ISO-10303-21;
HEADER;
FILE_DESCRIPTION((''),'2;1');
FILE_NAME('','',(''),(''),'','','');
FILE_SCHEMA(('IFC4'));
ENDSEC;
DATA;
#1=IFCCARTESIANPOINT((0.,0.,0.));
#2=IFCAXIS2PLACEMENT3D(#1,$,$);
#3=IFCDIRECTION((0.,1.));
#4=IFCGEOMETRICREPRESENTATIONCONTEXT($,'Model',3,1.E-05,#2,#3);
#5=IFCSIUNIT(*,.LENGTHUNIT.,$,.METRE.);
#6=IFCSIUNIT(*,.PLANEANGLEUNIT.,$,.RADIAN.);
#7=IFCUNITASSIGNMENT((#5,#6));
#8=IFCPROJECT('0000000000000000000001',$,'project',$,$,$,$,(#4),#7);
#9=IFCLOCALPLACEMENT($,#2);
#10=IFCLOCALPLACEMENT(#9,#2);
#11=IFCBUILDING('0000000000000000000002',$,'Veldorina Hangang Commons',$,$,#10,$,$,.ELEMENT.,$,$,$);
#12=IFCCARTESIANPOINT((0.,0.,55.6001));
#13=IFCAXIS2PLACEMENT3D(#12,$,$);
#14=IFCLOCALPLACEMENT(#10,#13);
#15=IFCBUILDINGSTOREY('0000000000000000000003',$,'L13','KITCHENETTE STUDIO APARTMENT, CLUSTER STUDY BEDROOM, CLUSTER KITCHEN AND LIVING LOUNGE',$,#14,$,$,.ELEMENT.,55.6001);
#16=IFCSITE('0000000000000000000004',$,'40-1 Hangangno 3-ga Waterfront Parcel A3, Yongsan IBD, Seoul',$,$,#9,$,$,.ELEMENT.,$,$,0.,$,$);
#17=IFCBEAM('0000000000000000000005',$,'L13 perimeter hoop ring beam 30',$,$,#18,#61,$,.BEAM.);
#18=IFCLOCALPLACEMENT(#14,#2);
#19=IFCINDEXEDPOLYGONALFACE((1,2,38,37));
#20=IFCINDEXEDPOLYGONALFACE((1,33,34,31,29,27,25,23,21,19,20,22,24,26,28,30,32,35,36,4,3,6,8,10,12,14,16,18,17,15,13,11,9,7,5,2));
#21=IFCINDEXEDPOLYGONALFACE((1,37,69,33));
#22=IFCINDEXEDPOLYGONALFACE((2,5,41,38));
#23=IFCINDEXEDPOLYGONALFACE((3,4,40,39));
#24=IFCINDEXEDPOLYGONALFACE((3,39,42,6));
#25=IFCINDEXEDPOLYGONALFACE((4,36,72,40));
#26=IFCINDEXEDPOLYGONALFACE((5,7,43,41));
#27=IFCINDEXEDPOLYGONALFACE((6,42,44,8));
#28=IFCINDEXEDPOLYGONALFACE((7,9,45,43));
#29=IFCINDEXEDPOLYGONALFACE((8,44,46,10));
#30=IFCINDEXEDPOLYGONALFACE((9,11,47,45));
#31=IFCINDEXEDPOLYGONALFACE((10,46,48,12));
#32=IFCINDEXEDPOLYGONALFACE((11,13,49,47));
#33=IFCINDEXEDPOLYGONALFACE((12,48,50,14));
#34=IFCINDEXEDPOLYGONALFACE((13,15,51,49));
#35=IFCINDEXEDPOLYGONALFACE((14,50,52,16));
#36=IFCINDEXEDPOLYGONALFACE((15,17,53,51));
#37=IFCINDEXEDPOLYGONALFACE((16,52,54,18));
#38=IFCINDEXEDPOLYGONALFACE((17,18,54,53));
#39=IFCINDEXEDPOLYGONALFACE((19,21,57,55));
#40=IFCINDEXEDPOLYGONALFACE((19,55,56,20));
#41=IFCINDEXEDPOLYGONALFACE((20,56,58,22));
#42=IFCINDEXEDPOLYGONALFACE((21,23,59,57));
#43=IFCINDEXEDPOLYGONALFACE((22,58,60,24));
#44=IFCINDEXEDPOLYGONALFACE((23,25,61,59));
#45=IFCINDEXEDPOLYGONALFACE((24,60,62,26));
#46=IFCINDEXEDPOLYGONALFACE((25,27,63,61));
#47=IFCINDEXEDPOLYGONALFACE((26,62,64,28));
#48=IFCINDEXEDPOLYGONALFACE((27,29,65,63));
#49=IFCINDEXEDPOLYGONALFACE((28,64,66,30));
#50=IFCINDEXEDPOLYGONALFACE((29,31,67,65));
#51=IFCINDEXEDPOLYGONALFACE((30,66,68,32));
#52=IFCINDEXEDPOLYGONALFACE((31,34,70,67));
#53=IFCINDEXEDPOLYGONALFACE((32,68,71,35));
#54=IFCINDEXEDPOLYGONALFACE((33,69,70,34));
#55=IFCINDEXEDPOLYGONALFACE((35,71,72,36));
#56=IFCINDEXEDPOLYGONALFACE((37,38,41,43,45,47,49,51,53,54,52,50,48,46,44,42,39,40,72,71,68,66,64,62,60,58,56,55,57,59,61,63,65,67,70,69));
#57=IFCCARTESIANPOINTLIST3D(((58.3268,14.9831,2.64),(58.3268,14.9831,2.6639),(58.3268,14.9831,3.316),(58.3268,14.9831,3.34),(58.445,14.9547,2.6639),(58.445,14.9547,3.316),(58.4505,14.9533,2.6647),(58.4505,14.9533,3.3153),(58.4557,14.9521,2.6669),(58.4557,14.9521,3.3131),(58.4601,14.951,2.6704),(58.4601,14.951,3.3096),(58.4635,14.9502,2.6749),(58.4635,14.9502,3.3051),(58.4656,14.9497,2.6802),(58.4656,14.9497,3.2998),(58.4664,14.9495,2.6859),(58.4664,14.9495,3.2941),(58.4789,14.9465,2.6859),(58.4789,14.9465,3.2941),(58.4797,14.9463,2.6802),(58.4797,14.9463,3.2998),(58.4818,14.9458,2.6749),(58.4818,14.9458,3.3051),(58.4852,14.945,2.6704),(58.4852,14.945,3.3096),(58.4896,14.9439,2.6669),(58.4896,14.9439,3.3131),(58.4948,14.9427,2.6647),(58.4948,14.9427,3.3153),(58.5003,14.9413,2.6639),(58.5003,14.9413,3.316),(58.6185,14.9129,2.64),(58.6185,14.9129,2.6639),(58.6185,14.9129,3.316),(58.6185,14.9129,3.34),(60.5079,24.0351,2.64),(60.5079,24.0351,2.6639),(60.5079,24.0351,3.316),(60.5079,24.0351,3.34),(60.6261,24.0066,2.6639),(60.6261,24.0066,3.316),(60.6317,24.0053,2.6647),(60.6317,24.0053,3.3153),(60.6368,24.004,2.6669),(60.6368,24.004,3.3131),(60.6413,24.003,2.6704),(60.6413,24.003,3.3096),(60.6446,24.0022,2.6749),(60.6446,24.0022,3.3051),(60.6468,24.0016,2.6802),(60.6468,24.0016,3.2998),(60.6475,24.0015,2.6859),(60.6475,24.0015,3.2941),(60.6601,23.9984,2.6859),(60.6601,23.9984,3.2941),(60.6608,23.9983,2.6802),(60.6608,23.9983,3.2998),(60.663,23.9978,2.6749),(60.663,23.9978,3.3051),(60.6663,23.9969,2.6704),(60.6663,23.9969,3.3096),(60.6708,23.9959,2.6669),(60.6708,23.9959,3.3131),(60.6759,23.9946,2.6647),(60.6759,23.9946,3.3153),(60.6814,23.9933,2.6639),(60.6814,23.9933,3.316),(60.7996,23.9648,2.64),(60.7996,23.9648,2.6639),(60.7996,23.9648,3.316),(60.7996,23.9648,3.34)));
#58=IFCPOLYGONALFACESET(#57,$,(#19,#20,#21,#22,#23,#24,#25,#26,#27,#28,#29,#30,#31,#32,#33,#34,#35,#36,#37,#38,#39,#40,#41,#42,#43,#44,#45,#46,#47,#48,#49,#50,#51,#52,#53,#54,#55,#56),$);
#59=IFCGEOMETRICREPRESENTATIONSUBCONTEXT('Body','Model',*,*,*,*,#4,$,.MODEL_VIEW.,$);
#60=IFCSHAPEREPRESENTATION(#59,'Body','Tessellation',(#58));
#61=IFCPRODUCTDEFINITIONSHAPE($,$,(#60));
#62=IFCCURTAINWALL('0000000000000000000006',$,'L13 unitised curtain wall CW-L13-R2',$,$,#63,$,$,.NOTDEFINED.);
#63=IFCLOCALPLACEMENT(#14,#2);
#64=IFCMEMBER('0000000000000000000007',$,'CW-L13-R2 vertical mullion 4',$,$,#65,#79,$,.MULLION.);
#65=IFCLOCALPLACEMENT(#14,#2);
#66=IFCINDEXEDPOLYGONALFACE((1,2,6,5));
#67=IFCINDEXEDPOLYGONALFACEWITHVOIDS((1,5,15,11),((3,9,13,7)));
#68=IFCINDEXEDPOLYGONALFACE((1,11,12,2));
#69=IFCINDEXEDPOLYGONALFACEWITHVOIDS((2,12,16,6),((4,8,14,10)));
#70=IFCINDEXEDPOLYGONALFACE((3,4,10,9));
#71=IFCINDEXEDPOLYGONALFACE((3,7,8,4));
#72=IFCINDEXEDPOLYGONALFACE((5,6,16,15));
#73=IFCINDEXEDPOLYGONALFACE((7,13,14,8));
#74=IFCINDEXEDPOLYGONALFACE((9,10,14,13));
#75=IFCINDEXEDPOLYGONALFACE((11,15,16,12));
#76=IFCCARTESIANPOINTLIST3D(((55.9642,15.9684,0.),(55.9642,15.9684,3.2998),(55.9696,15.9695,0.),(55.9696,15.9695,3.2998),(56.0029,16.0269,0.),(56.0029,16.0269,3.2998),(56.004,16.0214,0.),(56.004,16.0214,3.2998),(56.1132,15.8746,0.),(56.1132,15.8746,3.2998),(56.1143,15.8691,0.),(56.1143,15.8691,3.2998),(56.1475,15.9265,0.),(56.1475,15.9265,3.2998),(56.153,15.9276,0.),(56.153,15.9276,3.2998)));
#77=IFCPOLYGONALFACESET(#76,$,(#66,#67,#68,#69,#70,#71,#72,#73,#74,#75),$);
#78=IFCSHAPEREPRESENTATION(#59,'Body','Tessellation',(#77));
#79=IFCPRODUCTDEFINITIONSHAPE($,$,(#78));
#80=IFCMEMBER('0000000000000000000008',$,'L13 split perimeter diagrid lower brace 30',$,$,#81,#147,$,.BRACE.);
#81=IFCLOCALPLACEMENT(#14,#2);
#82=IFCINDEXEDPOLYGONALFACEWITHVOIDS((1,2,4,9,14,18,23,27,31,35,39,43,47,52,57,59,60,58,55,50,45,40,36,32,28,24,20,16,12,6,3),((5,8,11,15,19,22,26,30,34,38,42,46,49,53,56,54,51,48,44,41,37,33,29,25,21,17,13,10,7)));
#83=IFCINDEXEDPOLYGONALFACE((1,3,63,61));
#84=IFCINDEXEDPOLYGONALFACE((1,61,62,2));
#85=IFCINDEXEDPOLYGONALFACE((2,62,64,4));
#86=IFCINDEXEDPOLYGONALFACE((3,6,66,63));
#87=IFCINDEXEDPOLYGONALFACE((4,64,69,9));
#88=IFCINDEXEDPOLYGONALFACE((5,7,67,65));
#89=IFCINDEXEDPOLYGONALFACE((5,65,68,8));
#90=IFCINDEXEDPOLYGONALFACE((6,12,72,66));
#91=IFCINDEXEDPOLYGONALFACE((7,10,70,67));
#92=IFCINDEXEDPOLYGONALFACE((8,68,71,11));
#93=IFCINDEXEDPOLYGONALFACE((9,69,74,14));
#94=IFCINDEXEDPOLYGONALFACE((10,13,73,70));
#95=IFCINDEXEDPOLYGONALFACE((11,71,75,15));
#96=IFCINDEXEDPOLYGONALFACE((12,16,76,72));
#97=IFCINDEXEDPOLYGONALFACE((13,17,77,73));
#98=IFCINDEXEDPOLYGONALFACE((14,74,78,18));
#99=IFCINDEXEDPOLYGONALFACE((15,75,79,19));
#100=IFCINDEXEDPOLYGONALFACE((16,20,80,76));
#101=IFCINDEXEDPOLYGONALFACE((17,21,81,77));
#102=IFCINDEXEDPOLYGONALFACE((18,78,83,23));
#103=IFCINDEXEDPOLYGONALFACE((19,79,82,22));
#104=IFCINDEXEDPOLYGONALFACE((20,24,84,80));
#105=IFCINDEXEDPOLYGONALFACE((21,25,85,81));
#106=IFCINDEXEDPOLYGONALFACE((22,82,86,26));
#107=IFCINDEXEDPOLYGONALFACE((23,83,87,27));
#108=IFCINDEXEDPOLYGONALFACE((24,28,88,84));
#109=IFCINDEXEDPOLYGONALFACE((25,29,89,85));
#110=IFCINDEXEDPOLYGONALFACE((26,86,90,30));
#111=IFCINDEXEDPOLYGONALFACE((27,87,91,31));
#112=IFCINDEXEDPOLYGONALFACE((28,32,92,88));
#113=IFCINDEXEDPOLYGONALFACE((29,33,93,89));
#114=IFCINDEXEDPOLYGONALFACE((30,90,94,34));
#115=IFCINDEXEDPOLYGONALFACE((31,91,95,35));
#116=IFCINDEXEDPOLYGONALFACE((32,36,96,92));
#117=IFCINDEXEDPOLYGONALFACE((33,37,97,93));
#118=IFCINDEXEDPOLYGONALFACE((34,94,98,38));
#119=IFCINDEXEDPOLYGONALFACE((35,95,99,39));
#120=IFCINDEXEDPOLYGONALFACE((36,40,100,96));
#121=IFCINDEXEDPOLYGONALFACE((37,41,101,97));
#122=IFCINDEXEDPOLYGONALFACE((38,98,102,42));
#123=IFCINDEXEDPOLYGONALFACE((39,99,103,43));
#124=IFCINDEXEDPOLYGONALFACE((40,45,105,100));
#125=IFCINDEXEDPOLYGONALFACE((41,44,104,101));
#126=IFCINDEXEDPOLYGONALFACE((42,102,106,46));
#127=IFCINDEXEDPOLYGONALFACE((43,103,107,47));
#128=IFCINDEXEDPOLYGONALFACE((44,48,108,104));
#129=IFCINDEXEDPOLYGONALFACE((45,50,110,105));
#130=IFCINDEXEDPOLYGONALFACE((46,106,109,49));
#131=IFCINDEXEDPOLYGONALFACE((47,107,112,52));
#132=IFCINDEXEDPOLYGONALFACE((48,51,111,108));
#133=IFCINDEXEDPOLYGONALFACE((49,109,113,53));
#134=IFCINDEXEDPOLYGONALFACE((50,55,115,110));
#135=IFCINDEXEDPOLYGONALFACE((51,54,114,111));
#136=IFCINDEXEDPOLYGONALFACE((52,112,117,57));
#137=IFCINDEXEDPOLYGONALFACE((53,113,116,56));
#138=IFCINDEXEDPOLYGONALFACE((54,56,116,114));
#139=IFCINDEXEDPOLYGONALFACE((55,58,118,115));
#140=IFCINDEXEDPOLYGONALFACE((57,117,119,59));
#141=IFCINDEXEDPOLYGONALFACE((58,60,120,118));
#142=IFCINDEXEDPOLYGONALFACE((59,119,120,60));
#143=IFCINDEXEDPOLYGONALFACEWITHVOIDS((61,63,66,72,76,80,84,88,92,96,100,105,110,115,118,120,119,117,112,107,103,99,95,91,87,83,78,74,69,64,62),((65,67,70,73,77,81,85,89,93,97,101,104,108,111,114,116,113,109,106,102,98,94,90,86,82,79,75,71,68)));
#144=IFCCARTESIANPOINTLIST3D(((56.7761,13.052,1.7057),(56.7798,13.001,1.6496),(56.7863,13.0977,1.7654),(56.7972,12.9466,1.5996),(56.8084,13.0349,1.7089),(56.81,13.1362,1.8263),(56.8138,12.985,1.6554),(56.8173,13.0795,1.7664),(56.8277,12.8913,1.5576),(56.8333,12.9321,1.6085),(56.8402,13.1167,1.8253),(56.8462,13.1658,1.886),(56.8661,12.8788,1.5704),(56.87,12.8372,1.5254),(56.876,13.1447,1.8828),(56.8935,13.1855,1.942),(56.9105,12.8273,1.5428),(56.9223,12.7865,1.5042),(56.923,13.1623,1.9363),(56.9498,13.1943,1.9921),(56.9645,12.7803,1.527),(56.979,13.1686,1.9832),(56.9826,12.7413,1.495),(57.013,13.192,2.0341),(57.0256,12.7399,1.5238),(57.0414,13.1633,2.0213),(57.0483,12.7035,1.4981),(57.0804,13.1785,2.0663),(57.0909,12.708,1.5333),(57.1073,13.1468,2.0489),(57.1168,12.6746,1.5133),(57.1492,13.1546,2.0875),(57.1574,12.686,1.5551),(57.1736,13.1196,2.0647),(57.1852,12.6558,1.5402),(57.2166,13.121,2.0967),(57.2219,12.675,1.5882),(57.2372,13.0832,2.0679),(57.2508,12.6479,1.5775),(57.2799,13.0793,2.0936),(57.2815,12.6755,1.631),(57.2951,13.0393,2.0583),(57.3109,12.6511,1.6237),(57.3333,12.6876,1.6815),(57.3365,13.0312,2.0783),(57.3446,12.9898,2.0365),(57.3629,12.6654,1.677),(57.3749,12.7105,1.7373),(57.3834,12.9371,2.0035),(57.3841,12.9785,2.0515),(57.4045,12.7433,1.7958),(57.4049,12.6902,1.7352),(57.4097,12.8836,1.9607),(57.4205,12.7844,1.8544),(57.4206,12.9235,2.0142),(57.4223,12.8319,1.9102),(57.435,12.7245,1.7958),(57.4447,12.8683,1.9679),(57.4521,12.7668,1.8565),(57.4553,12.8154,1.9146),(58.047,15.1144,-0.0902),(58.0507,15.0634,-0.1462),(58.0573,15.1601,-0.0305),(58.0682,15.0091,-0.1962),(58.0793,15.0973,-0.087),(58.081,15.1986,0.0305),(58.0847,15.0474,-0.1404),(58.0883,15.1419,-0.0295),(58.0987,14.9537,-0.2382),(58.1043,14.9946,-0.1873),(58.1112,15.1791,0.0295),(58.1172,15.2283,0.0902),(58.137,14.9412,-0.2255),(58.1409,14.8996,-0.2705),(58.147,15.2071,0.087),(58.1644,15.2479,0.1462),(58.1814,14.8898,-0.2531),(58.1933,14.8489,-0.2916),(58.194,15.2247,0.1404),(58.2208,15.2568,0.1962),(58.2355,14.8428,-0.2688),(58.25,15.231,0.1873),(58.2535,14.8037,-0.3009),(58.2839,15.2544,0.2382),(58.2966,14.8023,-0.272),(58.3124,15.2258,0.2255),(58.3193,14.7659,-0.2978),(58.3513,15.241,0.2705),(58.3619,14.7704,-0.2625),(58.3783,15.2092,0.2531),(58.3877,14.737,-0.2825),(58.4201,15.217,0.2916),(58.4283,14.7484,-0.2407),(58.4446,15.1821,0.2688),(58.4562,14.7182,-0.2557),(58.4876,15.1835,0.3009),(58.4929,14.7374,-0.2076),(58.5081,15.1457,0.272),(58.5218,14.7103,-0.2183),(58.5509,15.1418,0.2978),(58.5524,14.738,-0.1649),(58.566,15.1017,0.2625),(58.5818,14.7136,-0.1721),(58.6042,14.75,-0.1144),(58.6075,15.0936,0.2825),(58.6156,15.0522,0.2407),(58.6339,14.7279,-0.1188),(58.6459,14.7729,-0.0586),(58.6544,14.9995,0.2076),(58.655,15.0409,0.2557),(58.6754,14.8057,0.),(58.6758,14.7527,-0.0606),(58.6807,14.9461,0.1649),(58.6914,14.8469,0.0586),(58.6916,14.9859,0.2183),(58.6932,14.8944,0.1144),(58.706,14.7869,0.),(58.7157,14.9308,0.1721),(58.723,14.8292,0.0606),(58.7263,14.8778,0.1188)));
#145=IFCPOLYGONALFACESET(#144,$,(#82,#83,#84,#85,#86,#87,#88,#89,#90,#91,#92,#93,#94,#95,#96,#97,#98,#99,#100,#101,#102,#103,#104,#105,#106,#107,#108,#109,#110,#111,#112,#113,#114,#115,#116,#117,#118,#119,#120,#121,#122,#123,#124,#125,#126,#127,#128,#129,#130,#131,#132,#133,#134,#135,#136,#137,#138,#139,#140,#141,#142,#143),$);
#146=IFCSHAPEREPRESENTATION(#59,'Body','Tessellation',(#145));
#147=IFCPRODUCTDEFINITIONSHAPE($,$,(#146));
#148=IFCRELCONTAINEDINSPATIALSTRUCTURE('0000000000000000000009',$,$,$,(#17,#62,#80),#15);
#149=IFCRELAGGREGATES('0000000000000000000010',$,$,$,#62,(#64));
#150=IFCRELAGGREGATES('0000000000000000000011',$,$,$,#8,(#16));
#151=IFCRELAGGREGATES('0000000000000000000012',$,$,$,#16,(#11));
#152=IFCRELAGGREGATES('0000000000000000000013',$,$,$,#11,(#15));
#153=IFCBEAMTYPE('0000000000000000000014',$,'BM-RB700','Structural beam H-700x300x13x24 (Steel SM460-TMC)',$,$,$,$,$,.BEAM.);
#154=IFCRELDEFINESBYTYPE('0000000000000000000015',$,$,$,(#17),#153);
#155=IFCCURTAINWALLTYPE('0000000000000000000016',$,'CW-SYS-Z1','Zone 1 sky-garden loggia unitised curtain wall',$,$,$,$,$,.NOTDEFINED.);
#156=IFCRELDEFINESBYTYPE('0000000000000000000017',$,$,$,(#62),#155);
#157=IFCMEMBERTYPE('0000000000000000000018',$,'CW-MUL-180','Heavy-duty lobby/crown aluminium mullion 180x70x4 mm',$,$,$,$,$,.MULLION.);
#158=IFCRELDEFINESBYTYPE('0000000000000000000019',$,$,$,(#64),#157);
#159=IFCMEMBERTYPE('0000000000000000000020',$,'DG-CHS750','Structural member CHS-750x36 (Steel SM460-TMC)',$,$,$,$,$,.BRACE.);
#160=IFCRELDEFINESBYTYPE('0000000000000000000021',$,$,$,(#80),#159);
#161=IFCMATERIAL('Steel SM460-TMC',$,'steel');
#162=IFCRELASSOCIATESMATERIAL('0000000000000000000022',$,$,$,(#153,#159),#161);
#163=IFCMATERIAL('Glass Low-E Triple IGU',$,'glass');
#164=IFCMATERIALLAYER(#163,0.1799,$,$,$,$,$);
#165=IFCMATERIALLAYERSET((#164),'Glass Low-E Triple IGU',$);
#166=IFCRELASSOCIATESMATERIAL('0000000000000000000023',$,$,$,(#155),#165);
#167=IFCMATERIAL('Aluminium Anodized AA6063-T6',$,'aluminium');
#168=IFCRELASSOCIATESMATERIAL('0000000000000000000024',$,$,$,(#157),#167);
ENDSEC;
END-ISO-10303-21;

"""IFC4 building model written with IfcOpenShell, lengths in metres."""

from ifc_helpers import new_model, si_unit, direction, frame, origin, origin_2d, place, context, subcontext, project, spatial, hollow_rectangle, hollow_circle, i_section, extrude, material, layer, layer_set, material_profile, profile_set, type_object, element, aggregate, save


model = new_model("IFC4")

# Units and contexts
model_context = context("Model", 3, precision=1e-05, world=origin(), true_north=direction((0.0, 1.0)))
body_context = subcontext(model_context, "Body", "Model", "MODEL_VIEW")
ifc_project = project(units=[si_unit("LENGTHUNIT", "METRE"), si_unit("PLANEANGLEUNIT", "RADIAN")], contexts=[model_context])

# Site, building, storey
site_placement = place(None, origin())
site = spatial("IfcSite", under=ifc_project, at=site_placement, Name="40-1 Hangangno 3-ga Waterfront Parcel A3, Yongsan IBD, Seoul", CompositionType="ELEMENT", RefElevation=0.0)
building_placement = place(site_placement, origin())
building = spatial("IfcBuilding", under=site, at=building_placement, Name="Veldorina Hangang Commons", CompositionType="ELEMENT")
storey_placement = place(building_placement, frame((0.0, 0.0, 55.6001)))
storey = spatial("IfcBuildingStorey", under=building, at=storey_placement, Name="L13", Description="KITCHENETTE STUDIO APARTMENT, CLUSTER STUDY BEDROOM, CLUSTER KITCHEN AND LIVING LOUNGE", CompositionType="ELEMENT", Elevation=55.6001)

# Beam
ifc_material_1 = material(Name="Steel SM460-TMC", Category="steel")
ifc_material_profile_1 = material_profile(ifc_material_1, i_section(OverallWidth=0.3, OverallDepth=0.7, WebThickness=0.0129, FlangeThickness=0.0239, FilletRadius=0.022, at=origin_2d()), Name="H-700x300x13x24")
ifc_profile_set_1 = profile_set([ifc_material_profile_1], Name="Steel SM460-TMC")
beam_type = type_object("IfcBeamType", Name="BM-RB700", Description="Structural beam H-700x300x13x24 (Steel SM460-TMC)", PredefinedType="BEAM", material=ifc_profile_set_1)
beam_placement = place(storey_placement, frame((58.4727, 14.948, 2.99), z_axis=(0.234253, 0.972176, 0.0), x_axis=(-0.972176, 0.234253, 0.0)))
element("IfcBeam", 1, at=beam_placement, inside=storey, type_object=beam_type, Name="L13 perimeter hoop ring beam 30", PredefinedType="BEAM", context=body_context, shape_type="SweptSolid", body=[
    extrude(i_section(OverallWidth=0.3, OverallDepth=0.7, WebThickness=0.0129, FlangeThickness=0.0239, FilletRadius=0.022, at=origin_2d()), origin(), (0.0, 0.0, 1.0), 9.311),
])

# Curtain wall, member
ifc_material_2 = material(Name="Glass Low-E Triple IGU", Category="glass")
ifc_layer_1 = layer(ifc_material_2, 0.1799)
ifc_layer_set_1 = layer_set([ifc_layer_1], Name="Glass Low-E Triple IGU")
curtain_wall_type = type_object("IfcCurtainWallType", Name="CW-SYS-Z1", Description="Zone 1 sky-garden loggia unitised curtain wall", PredefinedType="NOTDEFINED", material=ifc_layer_set_1)
curtain_wall_placement = place(storey_placement, origin())
curtain_wall = element("IfcCurtainWall", 2, at=curtain_wall_placement, inside=storey, type_object=curtain_wall_type, Name="L13 unitised curtain wall CW-L13-R2", PredefinedType="NOTDEFINED")
ifc_material_3 = material(Name="Aluminium Anodized AA6063-T6", Category="aluminium")
ifc_material_profile_2 = material_profile(ifc_material_3, hollow_rectangle(XDim=0.0701, YDim=0.1799, WallThickness=0.0039, at=origin_2d()), Name="ALU-RHS-180x70x4")
ifc_profile_set_2 = profile_set([ifc_material_profile_2], Name="Aluminium Anodized AA6063-T6")
member_type_1 = type_object("IfcMemberType", Name="CW-MUL-180", Description="Heavy-duty lobby/crown aluminium mullion 180x70x4 mm", PredefinedType="MULLION", material=ifc_profile_set_2)
member_1_placement = place(storey_placement, frame((56.0586, 15.948, 0.0), z_axis=(0.0, 0.0, 1.0), x_axis=(-0.551719, -0.83403, 0.0)))
member_1 = element("IfcMember", 3, at=member_1_placement, type_object=member_type_1, Name="CW-L13-R2 vertical mullion 4", PredefinedType="MULLION", context=body_context, shape_type="SweptSolid", body=[
    extrude(hollow_rectangle(XDim=0.0701, YDim=0.1799, WallThickness=0.0039, at=origin_2d()), origin(), (0.0, 0.0, 1.0), 3.2998),
])

# Member
ifc_material_profile_3 = material_profile(ifc_material_1, hollow_circle(Radius=0.375, WallThickness=0.0359, at=origin_2d()), Name="CHS-750x36")
ifc_profile_set_3 = profile_set([ifc_material_profile_3], Name="Steel SM460-TMC")
member_type_2 = type_object("IfcMemberType", Name="DG-CHS750", Description="Structural member CHS-750x36 (Steel SM460-TMC)", PredefinedType="BRACE", material=ifc_profile_set_3)
member_2_placement = place(storey_placement, frame((58.3867, 14.9836, 0.0), z_axis=(-0.421456, -0.683915, 0.595512), x_axis=(0.851333, -0.524626, 0.0)))
element("IfcMember", 4, at=member_2_placement, inside=storey, type_object=member_type_2, Name="L13 split perimeter diagrid lower brace 30", PredefinedType="BRACE", context=body_context, shape_type="SweptSolid", body=[
    extrude(hollow_circle(Radius=0.375, WallThickness=0.0359, at=origin_2d()), origin(), (0.0, 0.0, 1.0), 3.0156),
])

aggregate(curtain_wall, [member_1])

save(model, "model.ifc")
